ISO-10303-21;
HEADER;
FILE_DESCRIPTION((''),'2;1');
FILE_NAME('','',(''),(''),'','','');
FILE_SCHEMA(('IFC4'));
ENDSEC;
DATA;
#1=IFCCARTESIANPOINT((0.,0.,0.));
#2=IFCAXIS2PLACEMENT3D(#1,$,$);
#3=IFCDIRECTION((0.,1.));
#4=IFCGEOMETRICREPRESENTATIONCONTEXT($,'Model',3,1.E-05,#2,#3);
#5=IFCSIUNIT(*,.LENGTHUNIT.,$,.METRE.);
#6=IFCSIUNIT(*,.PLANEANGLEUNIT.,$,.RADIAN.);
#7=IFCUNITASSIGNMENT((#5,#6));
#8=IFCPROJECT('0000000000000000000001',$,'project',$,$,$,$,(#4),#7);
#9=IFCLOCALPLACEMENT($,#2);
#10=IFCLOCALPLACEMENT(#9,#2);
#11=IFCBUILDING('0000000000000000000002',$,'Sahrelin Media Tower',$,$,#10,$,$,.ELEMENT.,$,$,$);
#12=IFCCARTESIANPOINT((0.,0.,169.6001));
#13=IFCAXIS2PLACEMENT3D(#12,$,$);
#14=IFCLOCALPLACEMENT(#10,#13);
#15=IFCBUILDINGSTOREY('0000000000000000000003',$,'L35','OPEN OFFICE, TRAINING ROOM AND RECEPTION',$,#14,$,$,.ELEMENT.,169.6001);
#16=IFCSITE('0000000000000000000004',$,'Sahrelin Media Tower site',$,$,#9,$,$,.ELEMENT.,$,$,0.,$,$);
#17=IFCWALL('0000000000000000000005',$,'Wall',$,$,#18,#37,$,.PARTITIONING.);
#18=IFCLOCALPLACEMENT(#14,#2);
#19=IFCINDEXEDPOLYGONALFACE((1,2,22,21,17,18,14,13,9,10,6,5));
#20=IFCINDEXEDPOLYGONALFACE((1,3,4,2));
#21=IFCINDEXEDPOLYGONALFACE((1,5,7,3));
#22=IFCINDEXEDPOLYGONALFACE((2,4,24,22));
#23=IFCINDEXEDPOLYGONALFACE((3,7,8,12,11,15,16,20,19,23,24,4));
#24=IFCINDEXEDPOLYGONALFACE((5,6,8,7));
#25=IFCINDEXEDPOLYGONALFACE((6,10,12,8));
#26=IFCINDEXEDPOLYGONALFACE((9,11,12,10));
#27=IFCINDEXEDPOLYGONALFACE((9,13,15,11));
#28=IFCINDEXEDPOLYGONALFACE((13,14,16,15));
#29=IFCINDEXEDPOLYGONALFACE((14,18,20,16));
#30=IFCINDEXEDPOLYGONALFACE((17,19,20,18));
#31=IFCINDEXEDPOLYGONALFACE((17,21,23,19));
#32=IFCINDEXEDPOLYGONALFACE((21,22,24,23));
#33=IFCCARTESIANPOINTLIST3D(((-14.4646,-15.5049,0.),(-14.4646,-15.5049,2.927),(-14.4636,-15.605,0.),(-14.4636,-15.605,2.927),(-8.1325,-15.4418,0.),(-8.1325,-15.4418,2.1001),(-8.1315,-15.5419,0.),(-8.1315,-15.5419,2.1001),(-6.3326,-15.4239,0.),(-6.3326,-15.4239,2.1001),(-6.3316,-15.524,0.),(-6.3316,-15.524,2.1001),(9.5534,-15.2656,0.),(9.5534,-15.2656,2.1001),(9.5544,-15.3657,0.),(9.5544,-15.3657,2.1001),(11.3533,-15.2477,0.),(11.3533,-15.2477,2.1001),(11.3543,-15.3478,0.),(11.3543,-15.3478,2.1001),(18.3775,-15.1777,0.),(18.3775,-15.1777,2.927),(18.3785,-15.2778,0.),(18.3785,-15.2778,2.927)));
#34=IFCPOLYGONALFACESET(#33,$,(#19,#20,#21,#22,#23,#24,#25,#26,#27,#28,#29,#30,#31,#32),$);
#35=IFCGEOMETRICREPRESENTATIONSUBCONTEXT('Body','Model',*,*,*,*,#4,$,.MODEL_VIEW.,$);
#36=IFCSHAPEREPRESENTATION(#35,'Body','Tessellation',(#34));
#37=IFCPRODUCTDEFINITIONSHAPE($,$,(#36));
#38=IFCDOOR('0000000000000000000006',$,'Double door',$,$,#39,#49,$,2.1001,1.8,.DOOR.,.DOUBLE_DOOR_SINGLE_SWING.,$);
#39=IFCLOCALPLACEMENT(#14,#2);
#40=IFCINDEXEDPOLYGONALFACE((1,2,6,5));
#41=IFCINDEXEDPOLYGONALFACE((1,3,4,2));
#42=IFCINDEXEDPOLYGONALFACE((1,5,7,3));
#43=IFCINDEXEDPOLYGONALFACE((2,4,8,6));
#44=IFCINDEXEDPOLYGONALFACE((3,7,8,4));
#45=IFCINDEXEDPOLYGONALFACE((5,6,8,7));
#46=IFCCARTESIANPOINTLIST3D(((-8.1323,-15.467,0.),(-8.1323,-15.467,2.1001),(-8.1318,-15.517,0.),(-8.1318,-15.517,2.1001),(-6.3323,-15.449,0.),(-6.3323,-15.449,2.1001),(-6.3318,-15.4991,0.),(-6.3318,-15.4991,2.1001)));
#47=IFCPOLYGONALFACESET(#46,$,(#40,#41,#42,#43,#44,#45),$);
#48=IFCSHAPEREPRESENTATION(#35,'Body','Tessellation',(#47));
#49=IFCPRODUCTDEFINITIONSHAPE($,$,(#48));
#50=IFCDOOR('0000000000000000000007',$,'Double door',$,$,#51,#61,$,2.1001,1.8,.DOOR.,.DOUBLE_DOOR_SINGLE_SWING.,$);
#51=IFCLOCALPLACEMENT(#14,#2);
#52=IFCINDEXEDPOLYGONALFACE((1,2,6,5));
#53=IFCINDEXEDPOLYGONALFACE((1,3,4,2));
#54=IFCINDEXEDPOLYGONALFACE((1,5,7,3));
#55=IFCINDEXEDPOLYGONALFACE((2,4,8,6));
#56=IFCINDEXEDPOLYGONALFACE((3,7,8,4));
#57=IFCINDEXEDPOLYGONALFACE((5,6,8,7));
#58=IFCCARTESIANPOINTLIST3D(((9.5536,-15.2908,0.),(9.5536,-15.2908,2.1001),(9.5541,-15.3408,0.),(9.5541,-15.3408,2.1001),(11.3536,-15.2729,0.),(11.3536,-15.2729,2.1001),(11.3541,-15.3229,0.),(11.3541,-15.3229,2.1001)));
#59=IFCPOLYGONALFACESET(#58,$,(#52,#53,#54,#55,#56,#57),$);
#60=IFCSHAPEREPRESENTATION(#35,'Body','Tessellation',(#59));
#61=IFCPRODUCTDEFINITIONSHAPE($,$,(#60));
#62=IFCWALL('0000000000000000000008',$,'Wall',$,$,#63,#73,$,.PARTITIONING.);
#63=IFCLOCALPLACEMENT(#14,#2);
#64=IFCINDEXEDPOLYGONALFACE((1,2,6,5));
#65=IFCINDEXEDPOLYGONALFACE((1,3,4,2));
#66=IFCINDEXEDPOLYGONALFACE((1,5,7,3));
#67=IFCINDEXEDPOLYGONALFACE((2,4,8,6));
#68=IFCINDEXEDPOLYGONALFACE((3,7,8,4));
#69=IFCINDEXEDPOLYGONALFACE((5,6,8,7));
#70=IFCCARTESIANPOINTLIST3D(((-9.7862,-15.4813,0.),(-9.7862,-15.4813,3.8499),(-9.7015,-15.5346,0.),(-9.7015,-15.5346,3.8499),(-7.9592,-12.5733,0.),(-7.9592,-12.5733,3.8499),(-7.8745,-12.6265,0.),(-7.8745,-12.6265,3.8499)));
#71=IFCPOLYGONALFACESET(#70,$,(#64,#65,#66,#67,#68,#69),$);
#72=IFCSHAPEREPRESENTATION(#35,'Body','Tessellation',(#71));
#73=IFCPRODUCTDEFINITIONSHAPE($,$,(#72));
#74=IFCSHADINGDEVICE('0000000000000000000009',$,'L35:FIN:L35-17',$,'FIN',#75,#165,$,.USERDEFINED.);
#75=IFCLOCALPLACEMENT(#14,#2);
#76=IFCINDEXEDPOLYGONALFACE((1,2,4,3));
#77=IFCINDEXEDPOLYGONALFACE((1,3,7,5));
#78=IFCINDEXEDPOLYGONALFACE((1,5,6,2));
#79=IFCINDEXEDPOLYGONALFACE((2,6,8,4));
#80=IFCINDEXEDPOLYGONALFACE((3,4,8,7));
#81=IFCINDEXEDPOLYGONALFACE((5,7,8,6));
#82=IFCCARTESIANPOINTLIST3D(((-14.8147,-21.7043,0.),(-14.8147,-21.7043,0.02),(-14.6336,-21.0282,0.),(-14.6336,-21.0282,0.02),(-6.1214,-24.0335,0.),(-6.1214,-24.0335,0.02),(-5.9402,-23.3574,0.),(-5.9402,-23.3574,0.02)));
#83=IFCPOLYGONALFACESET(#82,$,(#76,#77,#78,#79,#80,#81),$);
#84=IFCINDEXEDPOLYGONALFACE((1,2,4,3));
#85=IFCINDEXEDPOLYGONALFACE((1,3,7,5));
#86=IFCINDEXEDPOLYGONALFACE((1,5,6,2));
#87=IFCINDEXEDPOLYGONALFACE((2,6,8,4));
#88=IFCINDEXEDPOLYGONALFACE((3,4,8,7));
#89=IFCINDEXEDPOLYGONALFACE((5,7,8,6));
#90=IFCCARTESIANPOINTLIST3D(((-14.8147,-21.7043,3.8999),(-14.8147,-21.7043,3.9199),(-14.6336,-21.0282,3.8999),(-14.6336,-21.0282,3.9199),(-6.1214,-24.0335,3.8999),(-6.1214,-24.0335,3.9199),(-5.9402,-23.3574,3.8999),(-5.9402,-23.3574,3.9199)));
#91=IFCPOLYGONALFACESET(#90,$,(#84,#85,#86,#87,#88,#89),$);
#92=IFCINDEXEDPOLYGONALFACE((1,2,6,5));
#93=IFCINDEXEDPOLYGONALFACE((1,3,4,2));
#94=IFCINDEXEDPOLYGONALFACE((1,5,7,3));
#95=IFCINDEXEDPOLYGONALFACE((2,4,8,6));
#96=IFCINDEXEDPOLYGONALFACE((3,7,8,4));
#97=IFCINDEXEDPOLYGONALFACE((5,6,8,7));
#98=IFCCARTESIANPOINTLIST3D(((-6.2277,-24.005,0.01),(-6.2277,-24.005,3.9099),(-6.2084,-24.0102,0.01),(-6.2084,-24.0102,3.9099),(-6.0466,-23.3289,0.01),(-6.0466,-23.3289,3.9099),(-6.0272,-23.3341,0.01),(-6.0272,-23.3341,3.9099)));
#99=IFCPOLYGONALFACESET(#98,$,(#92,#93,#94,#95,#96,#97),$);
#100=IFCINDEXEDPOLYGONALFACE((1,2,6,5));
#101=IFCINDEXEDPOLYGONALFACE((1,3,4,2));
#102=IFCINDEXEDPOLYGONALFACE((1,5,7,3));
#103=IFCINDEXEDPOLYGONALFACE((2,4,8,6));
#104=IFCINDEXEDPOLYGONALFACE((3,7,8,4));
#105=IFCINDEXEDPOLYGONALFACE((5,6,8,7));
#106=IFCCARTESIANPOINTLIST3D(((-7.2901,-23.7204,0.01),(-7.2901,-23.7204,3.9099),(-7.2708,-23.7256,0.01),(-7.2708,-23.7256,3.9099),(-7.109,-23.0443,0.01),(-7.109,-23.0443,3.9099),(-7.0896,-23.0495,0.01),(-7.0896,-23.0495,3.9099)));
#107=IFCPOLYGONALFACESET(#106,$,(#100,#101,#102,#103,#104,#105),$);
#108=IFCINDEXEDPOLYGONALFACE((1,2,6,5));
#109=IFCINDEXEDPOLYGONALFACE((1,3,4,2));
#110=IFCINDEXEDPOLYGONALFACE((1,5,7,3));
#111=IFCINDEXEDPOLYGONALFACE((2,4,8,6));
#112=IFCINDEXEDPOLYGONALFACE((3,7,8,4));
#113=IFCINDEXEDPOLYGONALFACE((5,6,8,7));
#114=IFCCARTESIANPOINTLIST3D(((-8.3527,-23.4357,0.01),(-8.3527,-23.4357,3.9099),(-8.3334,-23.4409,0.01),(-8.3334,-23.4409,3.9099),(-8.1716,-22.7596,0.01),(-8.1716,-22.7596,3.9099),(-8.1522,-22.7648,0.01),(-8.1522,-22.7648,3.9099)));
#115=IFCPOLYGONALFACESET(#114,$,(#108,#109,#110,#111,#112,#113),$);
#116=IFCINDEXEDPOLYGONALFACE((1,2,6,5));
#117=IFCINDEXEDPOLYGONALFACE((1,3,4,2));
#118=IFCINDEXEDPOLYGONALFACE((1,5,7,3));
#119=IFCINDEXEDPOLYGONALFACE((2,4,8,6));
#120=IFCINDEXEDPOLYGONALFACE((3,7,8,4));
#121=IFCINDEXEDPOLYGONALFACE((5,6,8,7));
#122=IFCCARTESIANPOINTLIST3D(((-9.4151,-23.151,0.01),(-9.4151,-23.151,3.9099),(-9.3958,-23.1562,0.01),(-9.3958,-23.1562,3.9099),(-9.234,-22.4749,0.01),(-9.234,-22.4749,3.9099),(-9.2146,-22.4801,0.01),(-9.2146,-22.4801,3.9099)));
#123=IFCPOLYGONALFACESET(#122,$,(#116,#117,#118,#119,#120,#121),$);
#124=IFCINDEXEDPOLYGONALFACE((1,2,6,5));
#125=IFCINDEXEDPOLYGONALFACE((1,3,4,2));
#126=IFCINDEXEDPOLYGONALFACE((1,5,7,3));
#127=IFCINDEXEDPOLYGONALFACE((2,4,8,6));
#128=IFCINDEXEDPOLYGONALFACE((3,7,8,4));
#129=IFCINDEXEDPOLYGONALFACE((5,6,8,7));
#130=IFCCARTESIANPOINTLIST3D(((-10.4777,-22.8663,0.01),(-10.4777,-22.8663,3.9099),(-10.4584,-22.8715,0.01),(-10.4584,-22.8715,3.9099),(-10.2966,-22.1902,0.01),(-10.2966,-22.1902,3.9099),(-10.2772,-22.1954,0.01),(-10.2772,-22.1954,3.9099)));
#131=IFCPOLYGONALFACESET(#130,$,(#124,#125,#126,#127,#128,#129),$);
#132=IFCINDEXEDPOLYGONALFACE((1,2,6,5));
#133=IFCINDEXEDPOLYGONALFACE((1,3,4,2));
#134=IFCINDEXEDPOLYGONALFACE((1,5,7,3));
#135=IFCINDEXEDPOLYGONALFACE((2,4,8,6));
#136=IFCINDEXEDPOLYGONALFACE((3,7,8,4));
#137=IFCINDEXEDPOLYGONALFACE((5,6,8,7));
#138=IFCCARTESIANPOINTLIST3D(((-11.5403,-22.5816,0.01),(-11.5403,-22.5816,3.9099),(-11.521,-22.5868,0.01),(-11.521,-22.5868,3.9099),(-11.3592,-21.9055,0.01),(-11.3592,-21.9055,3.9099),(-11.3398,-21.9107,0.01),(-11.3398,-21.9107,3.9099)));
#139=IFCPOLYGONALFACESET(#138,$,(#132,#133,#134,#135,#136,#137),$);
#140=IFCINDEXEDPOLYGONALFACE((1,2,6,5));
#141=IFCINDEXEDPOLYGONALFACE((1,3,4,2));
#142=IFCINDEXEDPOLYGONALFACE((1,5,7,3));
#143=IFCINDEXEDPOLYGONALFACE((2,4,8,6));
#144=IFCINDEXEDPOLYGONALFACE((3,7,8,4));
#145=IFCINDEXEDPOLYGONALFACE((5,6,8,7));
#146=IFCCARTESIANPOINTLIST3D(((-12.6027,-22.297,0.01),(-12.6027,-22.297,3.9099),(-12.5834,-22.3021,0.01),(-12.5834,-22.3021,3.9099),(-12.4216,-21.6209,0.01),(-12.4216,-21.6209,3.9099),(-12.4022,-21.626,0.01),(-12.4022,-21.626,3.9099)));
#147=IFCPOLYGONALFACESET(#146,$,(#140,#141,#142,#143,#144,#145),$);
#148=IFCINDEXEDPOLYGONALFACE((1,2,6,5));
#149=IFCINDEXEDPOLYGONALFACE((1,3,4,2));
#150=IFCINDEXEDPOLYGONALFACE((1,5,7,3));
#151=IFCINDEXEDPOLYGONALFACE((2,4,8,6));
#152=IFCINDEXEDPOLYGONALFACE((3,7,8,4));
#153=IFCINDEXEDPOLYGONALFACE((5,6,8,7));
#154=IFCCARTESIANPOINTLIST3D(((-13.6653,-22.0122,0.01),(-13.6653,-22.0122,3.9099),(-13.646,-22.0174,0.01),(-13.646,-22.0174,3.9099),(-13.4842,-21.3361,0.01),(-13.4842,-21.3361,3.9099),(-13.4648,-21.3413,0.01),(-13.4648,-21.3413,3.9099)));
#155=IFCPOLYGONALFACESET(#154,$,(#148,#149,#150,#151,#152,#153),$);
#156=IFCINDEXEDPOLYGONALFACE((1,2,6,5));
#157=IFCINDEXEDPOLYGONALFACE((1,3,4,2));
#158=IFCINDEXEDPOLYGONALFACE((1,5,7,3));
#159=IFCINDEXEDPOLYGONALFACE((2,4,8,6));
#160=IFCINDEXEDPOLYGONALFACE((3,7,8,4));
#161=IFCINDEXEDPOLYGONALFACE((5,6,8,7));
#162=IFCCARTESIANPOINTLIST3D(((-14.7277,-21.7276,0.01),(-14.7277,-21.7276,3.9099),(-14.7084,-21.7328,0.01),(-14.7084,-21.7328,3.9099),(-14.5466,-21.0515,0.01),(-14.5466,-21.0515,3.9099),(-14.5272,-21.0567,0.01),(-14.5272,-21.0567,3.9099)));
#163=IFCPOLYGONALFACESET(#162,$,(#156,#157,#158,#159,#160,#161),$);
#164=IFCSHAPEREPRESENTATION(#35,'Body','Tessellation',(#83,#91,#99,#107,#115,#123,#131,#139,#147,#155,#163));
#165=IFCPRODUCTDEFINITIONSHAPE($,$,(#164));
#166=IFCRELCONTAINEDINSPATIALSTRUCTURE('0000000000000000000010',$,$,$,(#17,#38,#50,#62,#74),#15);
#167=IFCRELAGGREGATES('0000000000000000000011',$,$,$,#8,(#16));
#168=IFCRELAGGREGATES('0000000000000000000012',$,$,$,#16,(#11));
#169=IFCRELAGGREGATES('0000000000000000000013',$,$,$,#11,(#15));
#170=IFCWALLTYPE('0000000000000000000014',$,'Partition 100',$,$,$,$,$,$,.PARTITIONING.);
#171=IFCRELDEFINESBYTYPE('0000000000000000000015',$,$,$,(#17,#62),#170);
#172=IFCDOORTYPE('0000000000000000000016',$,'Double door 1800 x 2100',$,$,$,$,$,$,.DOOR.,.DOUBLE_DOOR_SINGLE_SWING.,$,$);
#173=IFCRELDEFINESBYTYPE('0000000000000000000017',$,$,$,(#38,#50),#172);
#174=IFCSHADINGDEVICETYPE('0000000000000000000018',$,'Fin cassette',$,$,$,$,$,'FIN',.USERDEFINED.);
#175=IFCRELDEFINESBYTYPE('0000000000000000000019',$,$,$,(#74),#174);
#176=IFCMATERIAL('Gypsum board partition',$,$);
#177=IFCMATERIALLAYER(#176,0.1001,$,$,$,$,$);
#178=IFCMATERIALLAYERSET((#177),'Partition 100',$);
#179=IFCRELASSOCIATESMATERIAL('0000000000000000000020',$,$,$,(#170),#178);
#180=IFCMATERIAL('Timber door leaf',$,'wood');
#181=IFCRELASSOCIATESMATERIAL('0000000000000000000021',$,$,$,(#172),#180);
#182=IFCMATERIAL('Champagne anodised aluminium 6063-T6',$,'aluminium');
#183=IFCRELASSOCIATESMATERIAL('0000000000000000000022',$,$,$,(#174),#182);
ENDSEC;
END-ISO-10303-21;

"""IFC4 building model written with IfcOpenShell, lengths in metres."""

from ifc_helpers import new_model, si_unit, direction, frame, frame_2d, origin, origin_2d, place, context, subcontext, project, spatial, rectangle, extrude, material, layer, layer_set, type_object, element, fill, save


model = new_model("IFC4")

# Units and contexts
model_context = context("Model", 3, precision=1e-05, world=origin(), true_north=direction((0.0, 1.0)))
body_context = subcontext(model_context, "Body", "Model", "MODEL_VIEW")
ifc_project = project(units=[si_unit("LENGTHUNIT", "METRE"), si_unit("PLANEANGLEUNIT", "RADIAN")], contexts=[model_context])

# Site, building, storey
site_placement = place(None, origin())
site = spatial("IfcSite", under=ifc_project, at=site_placement, Name="Sahrelin Media Tower site", CompositionType="ELEMENT", RefElevation=0.0)
building_placement = place(site_placement, origin())
building = spatial("IfcBuilding", under=site, at=building_placement, Name="Sahrelin Media Tower", CompositionType="ELEMENT")
storey_placement = place(building_placement, frame((0.0, 0.0, 169.6001)))
storey = spatial("IfcBuildingStorey", under=building, at=storey_placement, Name="L35", Description="OPEN OFFICE, TRAINING ROOM AND RECEPTION", CompositionType="ELEMENT", Elevation=169.6001)

# Shared definitions
ifc_material_1 = material(Name="Champagne anodised aluminium 6063-T6", Category="aluminium")

# Wall, openings, doors
ifc_material_2 = material(Name="Gypsum board partition")
ifc_layer_1 = layer(ifc_material_2, 0.1001)
ifc_layer_set_1 = layer_set([ifc_layer_1], Name="Partition 100")
wall_type_1 = type_object("IfcWallType", Name="Partition 100", PredefinedType="PARTITIONING", material=ifc_layer_set_1)
wall_1_placement = place(storey_placement, frame((-14.4641, -15.5549, 0.0), z_axis=(0.0, 0.0, 1.0), x_axis=(0.99995, 0.009961, 0.0)))
wall_1 = element("IfcWall", 1, at=wall_1_placement, inside=storey, type_object=wall_type_1, Name="Wall", PredefinedType="PARTITIONING", context=body_context, shape_type="SweptSolid", body=[
    extrude(rectangle(XDim=32.8438, YDim=0.1001, at=frame_2d((16.4219, 0.0))), origin(), (0.0, 0.0, 1.0), 2.927),
])
opening_1_placement = place(wall_1_placement, frame((6.3325, 0.0, 0.0)))
opening_1 = element("IfcOpeningElement", 2, at=opening_1_placement, cuts=wall_1, PredefinedType="OPENING", context=body_context, shape_type="SweptSolid", body=[
    extrude(rectangle(XDim=1.8, YDim=2.1001, at=frame_2d((0.8999, 1.05))), frame((0.0, 0.05, 0.0), z_axis=(0.0, -1.0, 0.0), x_axis=(1.0, 0.0, 0.0)), (0.0, 0.0, 1.0), 0.1001),
])
opening_2_placement = place(wall_1_placement, frame((24.0193, 0.0, 0.0)))
opening_2 = element("IfcOpeningElement", 3, at=opening_2_placement, cuts=wall_1, PredefinedType="OPENING", context=body_context, shape_type="SweptSolid", body=[
    extrude(rectangle(XDim=1.8, YDim=2.1001, at=frame_2d((0.8999, 1.05))), frame((0.0, 0.05, 0.0), z_axis=(0.0, -1.0, 0.0), x_axis=(1.0, 0.0, 0.0)), (0.0, 0.0, 1.0), 0.1001),
])
ifc_material_3 = material(Name="Timber door leaf", Category="wood")
door_type_1 = type_object("IfcDoorType", Name="Double door 1800 x 2100", OperationType="DOUBLE_DOOR_SINGLE_SWING", PredefinedType="DOOR", material=ifc_material_3)
door_1_placement = place(opening_1_placement, origin())
door_1 = element("IfcDoor", 4, at=door_1_placement, inside=storey, type_object=door_type_1, Name="Double door", OperationType="DOUBLE_DOOR_SINGLE_SWING", OverallHeight=2.1001, OverallWidth=1.8, PredefinedType="DOOR", context=body_context, shape_type="SweptSolid", body=[
    extrude(rectangle(XDim=1.8, YDim=2.1001, at=frame_2d((0.8999, 1.05))), frame((0.0, 0.0249, 0.0), z_axis=(0.0, -1.0, 0.0), x_axis=(1.0, 0.0, 0.0)), (0.0, 0.0, 1.0), 0.05),
])
fill(opening_1, door_1)
door_2_placement = place(opening_2_placement, origin())
door_2 = element("IfcDoor", 5, at=door_2_placement, inside=storey, type_object=door_type_1, Name="Double door", OperationType="DOUBLE_DOOR_SINGLE_SWING", OverallHeight=2.1001, OverallWidth=1.8, PredefinedType="DOOR", context=body_context, shape_type="SweptSolid", body=[
    extrude(rectangle(XDim=1.8, YDim=2.1001, at=frame_2d((0.8999, 1.05))), frame((0.0, 0.0249, 0.0), z_axis=(0.0, -1.0, 0.0), x_axis=(1.0, 0.0, 0.0)), (0.0, 0.0, 1.0), 0.05),
])
fill(opening_2, door_2)

# Wall
wall_2_placement = place(storey_placement, frame((-9.7439, -15.5081, 0.0), z_axis=(0.0, 0.0, 1.0), x_axis=(0.531972, 0.846762, 0.0)))
element("IfcWall", 6, at=wall_2_placement, inside=storey, type_object=wall_type_1, Name="Wall", PredefinedType="PARTITIONING", context=body_context, shape_type="SweptSolid", body=[
    extrude(rectangle(XDim=3.4343, YDim=0.1001, at=frame_2d((1.7173, 0.0))), origin(), (0.0, 0.0, 1.0), 3.8499),
])

# Shading device
shading_device_type_1 = type_object("IfcShadingDeviceType", Name="Fin cassette", ElementType="FIN", PredefinedType="USERDEFINED", material=ifc_material_1)
placement_1 = place(storey_placement, frame((-10.2688, -22.1252, 0.0), z_axis=(0.0, 0.0, 1.0), x_axis=(-0.965929, 0.258808, 0.0)))
element("IfcShadingDevice", 7, at=placement_1, inside=storey, type_object=shading_device_type_1, Name="L35:FIN:L35-17", ObjectType="FIN", PredefinedType="USERDEFINED", context=body_context, shape_type="SweptSolid", body=[
    extrude(rectangle(XDim=9.0, YDim=0.7, at=origin_2d()), frame((0.0, 0.4199, 0.0)), (0.0, 0.0, 1.0), 0.02),
    extrude(rectangle(XDim=9.0, YDim=0.7, at=origin_2d()), frame((0.0, 0.4199, 3.8999)), (0.0, 0.0, 1.0), 0.02),
    extrude(rectangle(XDim=0.02, YDim=0.7, at=origin_2d()), frame((-4.3999, 0.4199, 0.01), z_axis=(0.0, 0.0, 1.0), x_axis=(1.0, 0.0, 0.0)), (0.0, 0.0, 1.0), 3.8999),
    extrude(rectangle(XDim=0.02, YDim=0.7, at=origin_2d()), frame((-3.3, 0.4199, 0.01), z_axis=(0.0, 0.0, 1.0), x_axis=(1.0, 0.0, 0.0)), (0.0, 0.0, 1.0), 3.8999),
    extrude(rectangle(XDim=0.02, YDim=0.7, at=origin_2d()), frame((-2.2, 0.4199, 0.01), z_axis=(0.0, 0.0, 1.0), x_axis=(1.0, 0.0, 0.0)), (0.0, 0.0, 1.0), 3.8999),
    extrude(rectangle(XDim=0.02, YDim=0.7, at=origin_2d()), frame((-1.1001, 0.4199, 0.01), z_axis=(0.0, 0.0, 1.0), x_axis=(1.0, 0.0, 0.0)), (0.0, 0.0, 1.0), 3.8999),
    extrude(rectangle(XDim=0.02, YDim=0.7, at=origin_2d()), frame((0.0, 0.4199, 0.01), z_axis=(0.0, 0.0, 1.0), x_axis=(1.0, 0.0, 0.0)), (0.0, 0.0, 1.0), 3.8999),
    extrude(rectangle(XDim=0.02, YDim=0.7, at=origin_2d()), frame((1.1001, 0.4199, 0.01), z_axis=(0.0, 0.0, 1.0), x_axis=(1.0, 0.0, 0.0)), (0.0, 0.0, 1.0), 3.8999),
    extrude(rectangle(XDim=0.02, YDim=0.7, at=origin_2d()), frame((2.2, 0.4199, 0.01), z_axis=(0.0, 0.0, 1.0), x_axis=(1.0, 0.0, 0.0)), (0.0, 0.0, 1.0), 3.8999),
    extrude(rectangle(XDim=0.02, YDim=0.7, at=origin_2d()), frame((3.3, 0.4199, 0.01), z_axis=(0.0, 0.0, 1.0), x_axis=(1.0, 0.0, 0.0)), (0.0, 0.0, 1.0), 3.8999),
    extrude(rectangle(XDim=0.02, YDim=0.7, at=origin_2d()), frame((4.3999, 0.4199, 0.01), z_axis=(0.0, 0.0, 1.0), x_axis=(1.0, 0.0, 0.0)), (0.0, 0.0, 1.0), 3.8999),
])

save(model, "model.ifc")
